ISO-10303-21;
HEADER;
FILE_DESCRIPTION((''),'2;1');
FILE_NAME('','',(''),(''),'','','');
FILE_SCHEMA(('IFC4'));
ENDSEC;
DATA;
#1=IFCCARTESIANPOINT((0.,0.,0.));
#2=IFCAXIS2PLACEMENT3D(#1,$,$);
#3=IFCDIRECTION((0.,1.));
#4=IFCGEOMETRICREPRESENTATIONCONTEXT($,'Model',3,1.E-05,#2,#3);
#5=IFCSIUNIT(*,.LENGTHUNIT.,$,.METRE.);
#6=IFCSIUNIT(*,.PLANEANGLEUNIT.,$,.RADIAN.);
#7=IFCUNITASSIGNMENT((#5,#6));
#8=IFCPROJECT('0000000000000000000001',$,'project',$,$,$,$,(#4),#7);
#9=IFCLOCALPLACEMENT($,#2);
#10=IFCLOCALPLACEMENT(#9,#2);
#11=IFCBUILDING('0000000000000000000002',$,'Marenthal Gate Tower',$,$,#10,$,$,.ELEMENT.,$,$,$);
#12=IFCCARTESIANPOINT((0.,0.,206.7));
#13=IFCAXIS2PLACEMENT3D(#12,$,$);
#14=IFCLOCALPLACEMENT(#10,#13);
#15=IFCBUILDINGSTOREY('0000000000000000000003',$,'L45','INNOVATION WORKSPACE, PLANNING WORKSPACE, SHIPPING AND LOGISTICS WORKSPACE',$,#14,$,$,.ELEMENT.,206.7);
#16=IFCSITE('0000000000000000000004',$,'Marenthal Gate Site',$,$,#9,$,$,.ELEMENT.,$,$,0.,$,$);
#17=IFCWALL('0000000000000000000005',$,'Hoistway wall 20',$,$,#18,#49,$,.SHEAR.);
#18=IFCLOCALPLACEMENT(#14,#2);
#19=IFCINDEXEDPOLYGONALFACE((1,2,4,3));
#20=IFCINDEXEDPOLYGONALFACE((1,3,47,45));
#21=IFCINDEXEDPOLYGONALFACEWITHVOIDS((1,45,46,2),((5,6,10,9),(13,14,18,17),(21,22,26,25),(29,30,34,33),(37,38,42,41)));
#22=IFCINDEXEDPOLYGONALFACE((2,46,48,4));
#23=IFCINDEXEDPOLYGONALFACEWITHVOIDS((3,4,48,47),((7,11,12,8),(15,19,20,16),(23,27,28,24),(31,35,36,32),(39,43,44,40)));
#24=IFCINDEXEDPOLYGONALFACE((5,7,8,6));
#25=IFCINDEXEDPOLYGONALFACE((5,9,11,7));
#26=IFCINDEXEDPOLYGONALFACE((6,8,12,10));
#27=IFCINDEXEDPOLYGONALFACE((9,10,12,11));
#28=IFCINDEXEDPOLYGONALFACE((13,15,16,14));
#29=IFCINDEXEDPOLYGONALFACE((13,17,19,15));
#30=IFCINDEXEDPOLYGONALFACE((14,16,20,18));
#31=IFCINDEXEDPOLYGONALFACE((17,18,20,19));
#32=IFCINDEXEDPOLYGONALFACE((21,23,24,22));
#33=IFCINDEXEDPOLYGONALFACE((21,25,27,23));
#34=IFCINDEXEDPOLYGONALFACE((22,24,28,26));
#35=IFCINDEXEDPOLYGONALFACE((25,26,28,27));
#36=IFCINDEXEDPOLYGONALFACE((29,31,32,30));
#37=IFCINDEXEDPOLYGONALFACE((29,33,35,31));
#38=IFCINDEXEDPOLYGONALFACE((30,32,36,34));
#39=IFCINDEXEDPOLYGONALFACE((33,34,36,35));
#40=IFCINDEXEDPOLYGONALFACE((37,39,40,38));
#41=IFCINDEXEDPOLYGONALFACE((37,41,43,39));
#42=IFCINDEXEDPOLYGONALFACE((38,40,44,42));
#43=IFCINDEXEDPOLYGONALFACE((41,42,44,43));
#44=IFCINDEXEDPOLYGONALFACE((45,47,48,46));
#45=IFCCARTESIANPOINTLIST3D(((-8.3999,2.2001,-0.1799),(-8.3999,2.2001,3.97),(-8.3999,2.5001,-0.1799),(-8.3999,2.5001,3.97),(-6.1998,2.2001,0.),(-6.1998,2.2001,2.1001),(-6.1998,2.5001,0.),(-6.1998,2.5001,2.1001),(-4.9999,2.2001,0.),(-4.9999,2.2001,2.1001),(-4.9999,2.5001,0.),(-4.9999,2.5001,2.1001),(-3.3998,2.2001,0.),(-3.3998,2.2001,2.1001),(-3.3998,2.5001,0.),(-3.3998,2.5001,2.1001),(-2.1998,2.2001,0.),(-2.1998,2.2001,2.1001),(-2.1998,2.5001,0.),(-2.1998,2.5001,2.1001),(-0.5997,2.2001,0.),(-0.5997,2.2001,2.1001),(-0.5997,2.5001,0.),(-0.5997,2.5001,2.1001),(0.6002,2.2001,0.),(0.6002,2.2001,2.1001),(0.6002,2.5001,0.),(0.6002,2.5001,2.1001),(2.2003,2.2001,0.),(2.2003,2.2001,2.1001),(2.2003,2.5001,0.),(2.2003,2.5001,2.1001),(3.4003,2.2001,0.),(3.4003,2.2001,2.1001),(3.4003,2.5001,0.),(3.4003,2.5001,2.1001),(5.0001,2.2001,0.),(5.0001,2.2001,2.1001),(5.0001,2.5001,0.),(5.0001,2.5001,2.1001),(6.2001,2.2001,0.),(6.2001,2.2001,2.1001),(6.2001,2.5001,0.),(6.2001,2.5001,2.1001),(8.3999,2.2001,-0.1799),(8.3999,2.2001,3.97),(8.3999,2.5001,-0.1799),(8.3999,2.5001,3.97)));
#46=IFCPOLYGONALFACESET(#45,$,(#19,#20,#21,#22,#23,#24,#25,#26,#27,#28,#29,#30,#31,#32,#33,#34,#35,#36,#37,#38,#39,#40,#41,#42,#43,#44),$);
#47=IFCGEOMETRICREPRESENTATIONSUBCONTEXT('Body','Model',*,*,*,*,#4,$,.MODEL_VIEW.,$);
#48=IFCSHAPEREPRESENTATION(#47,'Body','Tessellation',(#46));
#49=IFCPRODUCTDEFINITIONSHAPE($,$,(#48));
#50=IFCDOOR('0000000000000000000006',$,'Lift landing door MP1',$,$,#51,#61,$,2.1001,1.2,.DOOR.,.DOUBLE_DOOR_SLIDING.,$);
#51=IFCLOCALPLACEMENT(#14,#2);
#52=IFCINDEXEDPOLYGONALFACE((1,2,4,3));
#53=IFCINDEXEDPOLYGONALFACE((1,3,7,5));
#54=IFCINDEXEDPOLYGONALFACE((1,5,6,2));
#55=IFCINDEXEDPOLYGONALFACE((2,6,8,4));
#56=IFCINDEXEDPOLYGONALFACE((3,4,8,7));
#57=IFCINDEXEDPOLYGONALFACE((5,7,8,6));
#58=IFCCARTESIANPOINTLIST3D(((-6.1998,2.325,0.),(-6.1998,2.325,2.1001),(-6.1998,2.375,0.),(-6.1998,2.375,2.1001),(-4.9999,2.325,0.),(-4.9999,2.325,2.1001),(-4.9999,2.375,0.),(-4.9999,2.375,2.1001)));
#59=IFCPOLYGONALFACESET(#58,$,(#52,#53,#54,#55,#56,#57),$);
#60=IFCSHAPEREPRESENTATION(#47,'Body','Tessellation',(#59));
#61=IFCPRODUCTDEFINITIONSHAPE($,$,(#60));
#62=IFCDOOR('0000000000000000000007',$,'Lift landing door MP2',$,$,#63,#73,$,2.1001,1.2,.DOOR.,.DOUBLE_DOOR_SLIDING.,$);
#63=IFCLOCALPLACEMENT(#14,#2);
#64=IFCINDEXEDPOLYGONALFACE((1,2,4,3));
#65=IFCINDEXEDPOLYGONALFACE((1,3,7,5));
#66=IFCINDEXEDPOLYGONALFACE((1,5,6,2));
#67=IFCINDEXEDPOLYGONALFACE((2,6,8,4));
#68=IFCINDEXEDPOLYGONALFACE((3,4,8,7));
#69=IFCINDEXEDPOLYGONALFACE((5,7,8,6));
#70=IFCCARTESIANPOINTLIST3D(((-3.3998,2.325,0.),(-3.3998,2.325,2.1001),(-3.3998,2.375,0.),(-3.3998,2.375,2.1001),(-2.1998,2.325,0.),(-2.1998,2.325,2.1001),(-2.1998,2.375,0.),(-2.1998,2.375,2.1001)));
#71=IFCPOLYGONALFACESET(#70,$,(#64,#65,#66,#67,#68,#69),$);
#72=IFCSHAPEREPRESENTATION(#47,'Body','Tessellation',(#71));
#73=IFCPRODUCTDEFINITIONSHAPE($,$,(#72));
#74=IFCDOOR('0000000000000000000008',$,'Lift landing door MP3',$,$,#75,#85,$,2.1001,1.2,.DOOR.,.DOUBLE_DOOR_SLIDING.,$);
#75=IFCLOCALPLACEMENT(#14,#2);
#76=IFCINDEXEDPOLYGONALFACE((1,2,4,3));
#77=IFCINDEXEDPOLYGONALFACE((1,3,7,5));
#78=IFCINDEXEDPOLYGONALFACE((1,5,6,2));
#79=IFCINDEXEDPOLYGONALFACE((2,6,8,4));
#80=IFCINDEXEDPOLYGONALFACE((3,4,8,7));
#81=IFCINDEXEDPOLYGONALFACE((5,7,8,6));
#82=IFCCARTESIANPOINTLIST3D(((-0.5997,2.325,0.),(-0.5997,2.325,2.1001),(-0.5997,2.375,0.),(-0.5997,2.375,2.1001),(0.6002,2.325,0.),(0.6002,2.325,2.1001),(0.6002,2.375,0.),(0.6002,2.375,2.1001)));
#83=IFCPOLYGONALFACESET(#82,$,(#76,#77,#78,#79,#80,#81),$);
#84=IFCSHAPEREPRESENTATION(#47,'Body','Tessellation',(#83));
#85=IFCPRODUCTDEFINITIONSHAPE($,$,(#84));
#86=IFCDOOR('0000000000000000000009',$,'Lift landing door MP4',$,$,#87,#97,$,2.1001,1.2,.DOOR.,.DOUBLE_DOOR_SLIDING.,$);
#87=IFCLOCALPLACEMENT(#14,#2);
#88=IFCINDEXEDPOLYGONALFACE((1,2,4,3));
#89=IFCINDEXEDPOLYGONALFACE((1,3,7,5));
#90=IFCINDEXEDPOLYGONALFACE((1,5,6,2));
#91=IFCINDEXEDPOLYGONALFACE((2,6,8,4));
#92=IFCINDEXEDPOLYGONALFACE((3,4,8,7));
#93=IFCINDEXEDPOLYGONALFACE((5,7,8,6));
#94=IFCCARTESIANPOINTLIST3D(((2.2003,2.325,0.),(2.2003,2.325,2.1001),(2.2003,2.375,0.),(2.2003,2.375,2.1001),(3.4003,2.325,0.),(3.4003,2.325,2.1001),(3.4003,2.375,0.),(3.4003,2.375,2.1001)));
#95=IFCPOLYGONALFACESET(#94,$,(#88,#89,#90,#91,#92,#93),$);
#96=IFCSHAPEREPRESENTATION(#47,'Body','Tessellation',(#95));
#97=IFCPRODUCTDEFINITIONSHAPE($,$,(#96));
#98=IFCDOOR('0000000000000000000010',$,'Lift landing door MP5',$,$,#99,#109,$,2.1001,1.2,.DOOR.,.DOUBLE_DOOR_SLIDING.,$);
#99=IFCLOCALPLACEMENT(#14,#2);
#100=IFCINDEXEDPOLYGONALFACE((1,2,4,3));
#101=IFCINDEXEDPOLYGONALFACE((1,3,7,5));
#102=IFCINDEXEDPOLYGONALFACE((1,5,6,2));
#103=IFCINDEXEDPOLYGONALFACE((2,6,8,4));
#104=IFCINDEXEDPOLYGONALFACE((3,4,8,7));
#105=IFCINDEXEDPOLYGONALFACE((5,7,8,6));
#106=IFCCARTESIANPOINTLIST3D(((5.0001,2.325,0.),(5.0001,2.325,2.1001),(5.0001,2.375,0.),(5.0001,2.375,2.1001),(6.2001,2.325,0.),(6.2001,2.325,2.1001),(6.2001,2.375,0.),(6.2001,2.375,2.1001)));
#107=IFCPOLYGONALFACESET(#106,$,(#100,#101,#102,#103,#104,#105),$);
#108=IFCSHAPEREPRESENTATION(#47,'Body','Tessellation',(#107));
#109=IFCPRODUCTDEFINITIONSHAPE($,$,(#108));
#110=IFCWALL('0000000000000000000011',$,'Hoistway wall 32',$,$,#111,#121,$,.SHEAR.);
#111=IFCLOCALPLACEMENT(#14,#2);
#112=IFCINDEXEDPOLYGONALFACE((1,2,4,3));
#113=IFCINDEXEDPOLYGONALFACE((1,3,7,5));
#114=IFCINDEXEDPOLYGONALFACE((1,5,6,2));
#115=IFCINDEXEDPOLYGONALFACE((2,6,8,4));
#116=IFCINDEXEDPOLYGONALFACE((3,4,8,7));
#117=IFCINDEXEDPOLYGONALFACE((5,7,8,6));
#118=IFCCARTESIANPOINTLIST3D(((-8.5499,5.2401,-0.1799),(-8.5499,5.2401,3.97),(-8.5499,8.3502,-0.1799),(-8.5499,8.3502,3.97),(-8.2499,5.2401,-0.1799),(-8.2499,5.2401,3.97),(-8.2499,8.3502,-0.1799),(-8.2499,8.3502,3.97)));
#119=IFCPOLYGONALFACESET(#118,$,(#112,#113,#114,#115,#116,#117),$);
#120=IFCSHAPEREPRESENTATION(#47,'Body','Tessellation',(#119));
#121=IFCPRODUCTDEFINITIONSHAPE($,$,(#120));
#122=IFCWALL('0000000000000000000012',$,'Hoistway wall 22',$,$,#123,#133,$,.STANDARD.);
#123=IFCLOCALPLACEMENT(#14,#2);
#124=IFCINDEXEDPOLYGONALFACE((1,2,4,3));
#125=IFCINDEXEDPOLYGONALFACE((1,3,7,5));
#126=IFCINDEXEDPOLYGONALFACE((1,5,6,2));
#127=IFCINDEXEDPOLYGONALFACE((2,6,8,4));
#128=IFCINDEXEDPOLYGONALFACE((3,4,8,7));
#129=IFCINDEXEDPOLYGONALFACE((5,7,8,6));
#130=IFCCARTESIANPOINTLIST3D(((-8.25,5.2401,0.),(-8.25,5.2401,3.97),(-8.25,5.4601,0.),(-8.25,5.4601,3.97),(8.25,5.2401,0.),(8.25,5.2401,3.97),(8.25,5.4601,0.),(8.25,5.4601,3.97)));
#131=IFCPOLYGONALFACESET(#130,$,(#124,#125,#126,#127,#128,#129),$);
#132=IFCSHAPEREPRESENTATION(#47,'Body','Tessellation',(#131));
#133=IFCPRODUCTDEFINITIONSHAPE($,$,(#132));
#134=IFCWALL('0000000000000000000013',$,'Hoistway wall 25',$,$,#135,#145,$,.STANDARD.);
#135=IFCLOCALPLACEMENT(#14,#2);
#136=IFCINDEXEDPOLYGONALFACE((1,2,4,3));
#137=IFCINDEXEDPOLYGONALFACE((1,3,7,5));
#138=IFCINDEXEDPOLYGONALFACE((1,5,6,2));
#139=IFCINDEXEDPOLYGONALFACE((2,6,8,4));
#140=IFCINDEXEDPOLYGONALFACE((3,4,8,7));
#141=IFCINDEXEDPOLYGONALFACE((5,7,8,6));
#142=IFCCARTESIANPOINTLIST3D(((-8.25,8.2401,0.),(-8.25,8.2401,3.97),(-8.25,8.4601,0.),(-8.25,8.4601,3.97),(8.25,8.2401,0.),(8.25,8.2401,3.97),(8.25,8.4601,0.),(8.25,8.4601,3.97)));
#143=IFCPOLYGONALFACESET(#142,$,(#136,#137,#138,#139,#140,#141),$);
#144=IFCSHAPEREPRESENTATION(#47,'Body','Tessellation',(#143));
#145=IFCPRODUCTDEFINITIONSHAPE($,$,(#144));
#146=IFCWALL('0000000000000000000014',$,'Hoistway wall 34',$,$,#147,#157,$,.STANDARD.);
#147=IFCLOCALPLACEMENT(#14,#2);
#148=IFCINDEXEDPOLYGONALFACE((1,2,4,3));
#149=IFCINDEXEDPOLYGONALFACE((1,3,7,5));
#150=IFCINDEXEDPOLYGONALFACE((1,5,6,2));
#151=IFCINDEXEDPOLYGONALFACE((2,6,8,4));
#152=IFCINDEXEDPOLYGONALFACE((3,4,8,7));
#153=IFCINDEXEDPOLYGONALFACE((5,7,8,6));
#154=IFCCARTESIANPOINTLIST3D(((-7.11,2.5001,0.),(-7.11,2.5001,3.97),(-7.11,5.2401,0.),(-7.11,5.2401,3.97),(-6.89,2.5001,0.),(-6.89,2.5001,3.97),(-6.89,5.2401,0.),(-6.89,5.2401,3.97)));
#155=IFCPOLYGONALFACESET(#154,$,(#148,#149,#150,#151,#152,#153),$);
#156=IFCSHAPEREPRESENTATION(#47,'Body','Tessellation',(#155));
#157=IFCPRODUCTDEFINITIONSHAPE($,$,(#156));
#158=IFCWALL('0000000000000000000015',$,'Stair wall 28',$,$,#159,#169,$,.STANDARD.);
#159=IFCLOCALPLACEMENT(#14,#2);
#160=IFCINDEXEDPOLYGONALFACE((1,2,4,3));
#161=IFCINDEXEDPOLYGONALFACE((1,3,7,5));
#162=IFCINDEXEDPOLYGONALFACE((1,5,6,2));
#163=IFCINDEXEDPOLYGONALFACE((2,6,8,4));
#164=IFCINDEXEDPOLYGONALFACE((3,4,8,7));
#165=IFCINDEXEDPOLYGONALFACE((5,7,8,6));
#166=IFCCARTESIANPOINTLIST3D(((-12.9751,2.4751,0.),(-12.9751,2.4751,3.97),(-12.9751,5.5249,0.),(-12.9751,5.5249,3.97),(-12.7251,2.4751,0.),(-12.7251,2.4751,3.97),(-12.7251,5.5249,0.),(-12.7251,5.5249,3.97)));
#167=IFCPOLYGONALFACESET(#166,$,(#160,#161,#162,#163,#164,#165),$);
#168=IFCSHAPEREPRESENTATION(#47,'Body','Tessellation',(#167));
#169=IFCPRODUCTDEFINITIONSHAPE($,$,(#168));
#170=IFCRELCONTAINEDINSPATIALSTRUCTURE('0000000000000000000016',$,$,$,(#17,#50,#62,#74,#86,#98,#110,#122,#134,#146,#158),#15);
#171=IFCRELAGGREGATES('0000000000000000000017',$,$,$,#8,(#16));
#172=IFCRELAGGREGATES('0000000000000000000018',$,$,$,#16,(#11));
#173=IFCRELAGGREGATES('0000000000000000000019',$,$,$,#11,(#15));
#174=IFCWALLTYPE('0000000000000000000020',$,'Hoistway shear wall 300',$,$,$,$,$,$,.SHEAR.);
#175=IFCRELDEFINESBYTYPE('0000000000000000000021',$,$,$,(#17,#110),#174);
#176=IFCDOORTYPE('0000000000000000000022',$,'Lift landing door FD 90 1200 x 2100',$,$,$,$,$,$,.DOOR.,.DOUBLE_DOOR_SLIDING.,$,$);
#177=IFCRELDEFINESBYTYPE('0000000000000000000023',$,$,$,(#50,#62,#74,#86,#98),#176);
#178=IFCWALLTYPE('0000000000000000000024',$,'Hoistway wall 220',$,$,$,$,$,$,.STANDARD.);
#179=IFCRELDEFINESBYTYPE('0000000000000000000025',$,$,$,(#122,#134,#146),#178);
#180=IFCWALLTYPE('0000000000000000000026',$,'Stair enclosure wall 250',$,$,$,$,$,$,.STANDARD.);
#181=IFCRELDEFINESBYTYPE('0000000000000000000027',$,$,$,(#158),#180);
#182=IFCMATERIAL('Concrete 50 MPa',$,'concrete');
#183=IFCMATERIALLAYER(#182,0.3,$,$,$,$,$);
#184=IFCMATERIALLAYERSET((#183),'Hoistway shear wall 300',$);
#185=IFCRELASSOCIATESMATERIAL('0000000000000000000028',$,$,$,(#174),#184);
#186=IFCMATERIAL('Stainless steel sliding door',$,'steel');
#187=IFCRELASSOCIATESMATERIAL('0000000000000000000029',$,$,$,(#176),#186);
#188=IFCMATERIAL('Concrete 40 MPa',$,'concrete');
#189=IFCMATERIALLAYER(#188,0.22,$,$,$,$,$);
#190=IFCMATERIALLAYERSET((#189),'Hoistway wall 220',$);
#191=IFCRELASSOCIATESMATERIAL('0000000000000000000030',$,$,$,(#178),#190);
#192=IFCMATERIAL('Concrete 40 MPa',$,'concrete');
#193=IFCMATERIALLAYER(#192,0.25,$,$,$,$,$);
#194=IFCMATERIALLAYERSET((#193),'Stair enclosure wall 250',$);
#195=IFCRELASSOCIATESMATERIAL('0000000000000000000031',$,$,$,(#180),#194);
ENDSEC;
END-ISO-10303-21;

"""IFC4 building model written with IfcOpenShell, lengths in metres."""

from ifc_helpers import new_model, si_unit, direction, frame, frame_2d, origin, place, context, subcontext, project, spatial, rectangle, extrude, material, layer, layer_set, type_object, element, fill, save


model = new_model("IFC4")

# Units and contexts
model_context = context("Model", 3, precision=1e-05, world=origin(), true_north=direction((0.0, 1.0)))
body_context = subcontext(model_context, "Body", "Model", "MODEL_VIEW")
ifc_project = project(units=[si_unit("LENGTHUNIT", "METRE"), si_unit("PLANEANGLEUNIT", "RADIAN")], contexts=[model_context])

# Site, building, storey
site_placement = place(None, origin())
site = spatial("IfcSite", under=ifc_project, at=site_placement, Name="Marenthal Gate Site", CompositionType="ELEMENT", RefElevation=0.0)
building_placement = place(site_placement, origin())
building = spatial("IfcBuilding", under=site, at=building_placement, Name="Marenthal Gate Tower", CompositionType="ELEMENT")
storey_placement = place(building_placement, frame((0.0, 0.0, 206.7)))
storey = spatial("IfcBuildingStorey", under=building, at=storey_placement, Name="L45", Description="INNOVATION WORKSPACE, PLANNING WORKSPACE, SHIPPING AND LOGISTICS WORKSPACE", CompositionType="ELEMENT", Elevation=206.7)

# Wall, openings, doors
ifc_material_1 = material(Name="Concrete 50 MPa", Category="concrete")
ifc_layer_1 = layer(ifc_material_1, 0.3)
ifc_layer_set_1 = layer_set([ifc_layer_1], Name="Hoistway shear wall 300")
wall_type_1 = type_object("IfcWallType", Name="Hoistway shear wall 300", PredefinedType="SHEAR", material=ifc_layer_set_1)
wall_1_placement = place(storey_placement, frame((-8.3999, 2.3501, -0.1799), z_axis=(0.0, 0.0, 1.0), x_axis=(1.0, 0.0, 0.0)))
wall_1 = element("IfcWall", 1, at=wall_1_placement, inside=storey, type_object=wall_type_1, Name="Hoistway wall 20", PredefinedType="SHEAR", context=body_context, shape_type="SweptSolid", body=[
    extrude(rectangle(XDim=16.7998, YDim=0.3, at=frame_2d((8.3999, 0.0))), origin(), (0.0, 0.0, 1.0), 4.1499),
])
opening_1_placement = place(wall_1_placement, frame((2.2, 0.0, 0.1799)))
opening_1 = element("IfcOpeningElement", 2, at=opening_1_placement, cuts=wall_1, PredefinedType="OPENING", context=body_context, shape_type="SweptSolid", body=[
    extrude(rectangle(XDim=1.2, YDim=2.1001, at=frame_2d((0.6001, 1.05))), frame((0.0, 0.1602, 0.0), z_axis=(0.0, -1.0, 0.0), x_axis=(1.0, 0.0, 0.0)), (0.0, 0.0, 1.0), 0.3201),
])
opening_2_placement = place(wall_1_placement, frame((5.0, 0.0, 0.1799)))
opening_2 = element("IfcOpeningElement", 3, at=opening_2_placement, cuts=wall_1, PredefinedType="OPENING", context=body_context, shape_type="SweptSolid", body=[
    extrude(rectangle(XDim=1.2, YDim=2.1001, at=frame_2d((0.6001, 1.05))), frame((0.0, 0.1602, 0.0), z_axis=(0.0, -1.0, 0.0), x_axis=(1.0, 0.0, 0.0)), (0.0, 0.0, 1.0), 0.3201),
])
opening_3_placement = place(wall_1_placement, frame((7.8, 0.0, 0.1799)))
opening_3 = element("IfcOpeningElement", 4, at=opening_3_placement, cuts=wall_1, PredefinedType="OPENING", context=body_context, shape_type="SweptSolid", body=[
    extrude(rectangle(XDim=1.2, YDim=2.1001, at=frame_2d((0.6001, 1.05))), frame((0.0, 0.1602, 0.0), z_axis=(0.0, -1.0, 0.0), x_axis=(1.0, 0.0, 0.0)), (0.0, 0.0, 1.0), 0.3201),
])
opening_4_placement = place(wall_1_placement, frame((10.6001, 0.0, 0.1799)))
opening_4 = element("IfcOpeningElement", 5, at=opening_4_placement, cuts=wall_1, PredefinedType="OPENING", context=body_context, shape_type="SweptSolid", body=[
    extrude(rectangle(XDim=1.2, YDim=2.1001, at=frame_2d((0.6001, 1.05))), frame((0.0, 0.1602, 0.0), z_axis=(0.0, -1.0, 0.0), x_axis=(1.0, 0.0, 0.0)), (0.0, 0.0, 1.0), 0.3201),
])
opening_5_placement = place(wall_1_placement, frame((13.3999, 0.0, 0.1799)))
opening_5 = element("IfcOpeningElement", 6, at=opening_5_placement, cuts=wall_1, PredefinedType="OPENING", context=body_context, shape_type="SweptSolid", body=[
    extrude(rectangle(XDim=1.2, YDim=2.1001, at=frame_2d((0.6001, 1.05))), frame((0.0, 0.1602, 0.0), z_axis=(0.0, -1.0, 0.0), x_axis=(1.0, 0.0, 0.0)), (0.0, 0.0, 1.0), 0.3201),
])
ifc_material_2 = material(Name="Stainless steel sliding door", Category="steel")
door_type = type_object("IfcDoorType", Name="Lift landing door FD 90 1200 x 2100", OperationType="DOUBLE_DOOR_SLIDING", PredefinedType="DOOR", material=ifc_material_2)
door_1_placement = place(opening_1_placement, origin())
door_1 = element("IfcDoor", 7, at=door_1_placement, inside=storey, type_object=door_type, Name="Lift landing door MP1", OperationType="DOUBLE_DOOR_SLIDING", OverallHeight=2.1001, OverallWidth=1.2, PredefinedType="DOOR", context=body_context, shape_type="SweptSolid", body=[
    extrude(rectangle(XDim=1.2, YDim=2.1001, at=frame_2d((0.6001, 1.05))), frame((0.0, 0.0249, 0.0), z_axis=(0.0, -1.0, 0.0), x_axis=(1.0, 0.0, 0.0)), (0.0, 0.0, 1.0), 0.05),
])
fill(opening_1, door_1)
door_2_placement = place(opening_2_placement, origin())
door_2 = element("IfcDoor", 8, at=door_2_placement, inside=storey, type_object=door_type, Name="Lift landing door MP2", OperationType="DOUBLE_DOOR_SLIDING", OverallHeight=2.1001, OverallWidth=1.2, PredefinedType="DOOR", context=body_context, shape_type="SweptSolid", body=[
    extrude(rectangle(XDim=1.2, YDim=2.1001, at=frame_2d((0.6001, 1.05))), frame((0.0, 0.0249, 0.0), z_axis=(0.0, -1.0, 0.0), x_axis=(1.0, 0.0, 0.0)), (0.0, 0.0, 1.0), 0.05),
])
fill(opening_2, door_2)
door_3_placement = place(opening_3_placement, origin())
door_3 = element("IfcDoor", 9, at=door_3_placement, inside=storey, type_object=door_type, Name="Lift landing door MP3", OperationType="DOUBLE_DOOR_SLIDING", OverallHeight=2.1001, OverallWidth=1.2, PredefinedType="DOOR", context=body_context, shape_type="SweptSolid", body=[
    extrude(rectangle(XDim=1.2, YDim=2.1001, at=frame_2d((0.6001, 1.05))), frame((0.0, 0.0249, 0.0), z_axis=(0.0, -1.0, 0.0), x_axis=(1.0, 0.0, 0.0)), (0.0, 0.0, 1.0), 0.05),
])
fill(opening_3, door_3)
door_4_placement = place(opening_4_placement, origin())
door_4 = element("IfcDoor", 10, at=door_4_placement, inside=storey, type_object=door_type, Name="Lift landing door MP4", OperationType="DOUBLE_DOOR_SLIDING", OverallHeight=2.1001, OverallWidth=1.2, PredefinedType="DOOR", context=body_context, shape_type="SweptSolid", body=[
    extrude(rectangle(XDim=1.2, YDim=2.1001, at=frame_2d((0.6001, 1.05))), frame((0.0, 0.0249, 0.0), z_axis=(0.0, -1.0, 0.0), x_axis=(1.0, 0.0, 0.0)), (0.0, 0.0, 1.0), 0.05),
])
fill(opening_4, door_4)
door_5_placement = place(opening_5_placement, origin())
door_5 = element("IfcDoor", 11, at=door_5_placement, inside=storey, type_object=door_type, Name="Lift landing door MP5", OperationType="DOUBLE_DOOR_SLIDING", OverallHeight=2.1001, OverallWidth=1.2, PredefinedType="DOOR", context=body_context, shape_type="SweptSolid", body=[
    extrude(rectangle(XDim=1.2, YDim=2.1001, at=frame_2d((0.6001, 1.05))), frame((0.0, 0.0249, 0.0), z_axis=(0.0, -1.0, 0.0), x_axis=(1.0, 0.0, 0.0)), (0.0, 0.0, 1.0), 0.05),
])
fill(opening_5, door_5)

# Walls
wall_2_placement = place(storey_placement, frame((-8.3999, 5.24, -0.1799), z_axis=(0.0, 0.0, 1.0), x_axis=(0.0, 1.0, 0.0)))
element("IfcWall", 12, at=wall_2_placement, inside=storey, type_object=wall_type_1, Name="Hoistway wall 32", PredefinedType="SHEAR", context=body_context, shape_type="SweptSolid", body=[
    extrude(rectangle(XDim=3.1101, YDim=0.3, at=frame_2d((1.5552, 0.0))), origin(), (0.0, 0.0, 1.0), 4.1499),
])
ifc_material_3 = material(Name="Concrete 40 MPa", Category="concrete")
ifc_layer_2 = layer(ifc_material_3, 0.22)
ifc_layer_set_2 = layer_set([ifc_layer_2], Name="Hoistway wall 220")
wall_type_2 = type_object("IfcWallType", Name="Hoistway wall 220", PredefinedType="STANDARD", material=ifc_layer_set_2)
for number, where, z_axis, x_axis, name in (
    (13, (-8.25, 5.3501, 0.0), (0.0, 0.0, 1.0), (1.0, 0.0, 0.0), "Hoistway wall 22"),
    (14, (-8.25, 8.3501, 0.0), (0.0, 0.0, 1.0), (1.0, 0.0, 0.0), "Hoistway wall 25"),
):
    element("IfcWall", number, at=place(storey_placement, frame(where, z_axis=z_axis, x_axis=x_axis)), inside=storey, type_object=wall_type_2, Name=name, PredefinedType="STANDARD", context=body_context, shape_type="SweptSolid", body=[
        extrude(rectangle(XDim=16.5, YDim=0.22, at=frame_2d((8.25, 0.0))), origin(), (0.0, 0.0, 1.0), 3.97),
    ])
wall_3_placement = place(storey_placement, frame((-7.0, 2.5, 0.0), z_axis=(0.0, 0.0, 1.0), x_axis=(0.0, 1.0, 0.0)))
element("IfcWall", 15, at=wall_3_placement, inside=storey, type_object=wall_type_2, Name="Hoistway wall 34", PredefinedType="STANDARD", context=body_context, shape_type="SweptSolid", body=[
    extrude(rectangle(XDim=2.74, YDim=0.22, at=frame_2d((1.3701, 0.0))), origin(), (0.0, 0.0, 1.0), 3.97),
])
ifc_material_4 = material(Name="Concrete 40 MPa", Category="concrete")
ifc_layer_3 = layer(ifc_material_4, 0.25)
ifc_layer_set_3 = layer_set([ifc_layer_3], Name="Stair enclosure wall 250")
wall_type_3 = type_object("IfcWallType", Name="Stair enclosure wall 250", PredefinedType="STANDARD", material=ifc_layer_set_3)
wall_4_placement = place(storey_placement, frame((-12.8501, 2.4751, 0.0), z_axis=(0.0, 0.0, 1.0), x_axis=(0.0, 1.0, 0.0)))
element("IfcWall", 16, at=wall_4_placement, inside=storey, type_object=wall_type_3, Name="Stair wall 28", PredefinedType="STANDARD", context=body_context, shape_type="SweptSolid", body=[
    extrude(rectangle(XDim=3.0498, YDim=0.25, at=frame_2d((1.5249, 0.0))), origin(), (0.0, 0.0, 1.0), 3.97),
])

save(model, "model.ifc")
